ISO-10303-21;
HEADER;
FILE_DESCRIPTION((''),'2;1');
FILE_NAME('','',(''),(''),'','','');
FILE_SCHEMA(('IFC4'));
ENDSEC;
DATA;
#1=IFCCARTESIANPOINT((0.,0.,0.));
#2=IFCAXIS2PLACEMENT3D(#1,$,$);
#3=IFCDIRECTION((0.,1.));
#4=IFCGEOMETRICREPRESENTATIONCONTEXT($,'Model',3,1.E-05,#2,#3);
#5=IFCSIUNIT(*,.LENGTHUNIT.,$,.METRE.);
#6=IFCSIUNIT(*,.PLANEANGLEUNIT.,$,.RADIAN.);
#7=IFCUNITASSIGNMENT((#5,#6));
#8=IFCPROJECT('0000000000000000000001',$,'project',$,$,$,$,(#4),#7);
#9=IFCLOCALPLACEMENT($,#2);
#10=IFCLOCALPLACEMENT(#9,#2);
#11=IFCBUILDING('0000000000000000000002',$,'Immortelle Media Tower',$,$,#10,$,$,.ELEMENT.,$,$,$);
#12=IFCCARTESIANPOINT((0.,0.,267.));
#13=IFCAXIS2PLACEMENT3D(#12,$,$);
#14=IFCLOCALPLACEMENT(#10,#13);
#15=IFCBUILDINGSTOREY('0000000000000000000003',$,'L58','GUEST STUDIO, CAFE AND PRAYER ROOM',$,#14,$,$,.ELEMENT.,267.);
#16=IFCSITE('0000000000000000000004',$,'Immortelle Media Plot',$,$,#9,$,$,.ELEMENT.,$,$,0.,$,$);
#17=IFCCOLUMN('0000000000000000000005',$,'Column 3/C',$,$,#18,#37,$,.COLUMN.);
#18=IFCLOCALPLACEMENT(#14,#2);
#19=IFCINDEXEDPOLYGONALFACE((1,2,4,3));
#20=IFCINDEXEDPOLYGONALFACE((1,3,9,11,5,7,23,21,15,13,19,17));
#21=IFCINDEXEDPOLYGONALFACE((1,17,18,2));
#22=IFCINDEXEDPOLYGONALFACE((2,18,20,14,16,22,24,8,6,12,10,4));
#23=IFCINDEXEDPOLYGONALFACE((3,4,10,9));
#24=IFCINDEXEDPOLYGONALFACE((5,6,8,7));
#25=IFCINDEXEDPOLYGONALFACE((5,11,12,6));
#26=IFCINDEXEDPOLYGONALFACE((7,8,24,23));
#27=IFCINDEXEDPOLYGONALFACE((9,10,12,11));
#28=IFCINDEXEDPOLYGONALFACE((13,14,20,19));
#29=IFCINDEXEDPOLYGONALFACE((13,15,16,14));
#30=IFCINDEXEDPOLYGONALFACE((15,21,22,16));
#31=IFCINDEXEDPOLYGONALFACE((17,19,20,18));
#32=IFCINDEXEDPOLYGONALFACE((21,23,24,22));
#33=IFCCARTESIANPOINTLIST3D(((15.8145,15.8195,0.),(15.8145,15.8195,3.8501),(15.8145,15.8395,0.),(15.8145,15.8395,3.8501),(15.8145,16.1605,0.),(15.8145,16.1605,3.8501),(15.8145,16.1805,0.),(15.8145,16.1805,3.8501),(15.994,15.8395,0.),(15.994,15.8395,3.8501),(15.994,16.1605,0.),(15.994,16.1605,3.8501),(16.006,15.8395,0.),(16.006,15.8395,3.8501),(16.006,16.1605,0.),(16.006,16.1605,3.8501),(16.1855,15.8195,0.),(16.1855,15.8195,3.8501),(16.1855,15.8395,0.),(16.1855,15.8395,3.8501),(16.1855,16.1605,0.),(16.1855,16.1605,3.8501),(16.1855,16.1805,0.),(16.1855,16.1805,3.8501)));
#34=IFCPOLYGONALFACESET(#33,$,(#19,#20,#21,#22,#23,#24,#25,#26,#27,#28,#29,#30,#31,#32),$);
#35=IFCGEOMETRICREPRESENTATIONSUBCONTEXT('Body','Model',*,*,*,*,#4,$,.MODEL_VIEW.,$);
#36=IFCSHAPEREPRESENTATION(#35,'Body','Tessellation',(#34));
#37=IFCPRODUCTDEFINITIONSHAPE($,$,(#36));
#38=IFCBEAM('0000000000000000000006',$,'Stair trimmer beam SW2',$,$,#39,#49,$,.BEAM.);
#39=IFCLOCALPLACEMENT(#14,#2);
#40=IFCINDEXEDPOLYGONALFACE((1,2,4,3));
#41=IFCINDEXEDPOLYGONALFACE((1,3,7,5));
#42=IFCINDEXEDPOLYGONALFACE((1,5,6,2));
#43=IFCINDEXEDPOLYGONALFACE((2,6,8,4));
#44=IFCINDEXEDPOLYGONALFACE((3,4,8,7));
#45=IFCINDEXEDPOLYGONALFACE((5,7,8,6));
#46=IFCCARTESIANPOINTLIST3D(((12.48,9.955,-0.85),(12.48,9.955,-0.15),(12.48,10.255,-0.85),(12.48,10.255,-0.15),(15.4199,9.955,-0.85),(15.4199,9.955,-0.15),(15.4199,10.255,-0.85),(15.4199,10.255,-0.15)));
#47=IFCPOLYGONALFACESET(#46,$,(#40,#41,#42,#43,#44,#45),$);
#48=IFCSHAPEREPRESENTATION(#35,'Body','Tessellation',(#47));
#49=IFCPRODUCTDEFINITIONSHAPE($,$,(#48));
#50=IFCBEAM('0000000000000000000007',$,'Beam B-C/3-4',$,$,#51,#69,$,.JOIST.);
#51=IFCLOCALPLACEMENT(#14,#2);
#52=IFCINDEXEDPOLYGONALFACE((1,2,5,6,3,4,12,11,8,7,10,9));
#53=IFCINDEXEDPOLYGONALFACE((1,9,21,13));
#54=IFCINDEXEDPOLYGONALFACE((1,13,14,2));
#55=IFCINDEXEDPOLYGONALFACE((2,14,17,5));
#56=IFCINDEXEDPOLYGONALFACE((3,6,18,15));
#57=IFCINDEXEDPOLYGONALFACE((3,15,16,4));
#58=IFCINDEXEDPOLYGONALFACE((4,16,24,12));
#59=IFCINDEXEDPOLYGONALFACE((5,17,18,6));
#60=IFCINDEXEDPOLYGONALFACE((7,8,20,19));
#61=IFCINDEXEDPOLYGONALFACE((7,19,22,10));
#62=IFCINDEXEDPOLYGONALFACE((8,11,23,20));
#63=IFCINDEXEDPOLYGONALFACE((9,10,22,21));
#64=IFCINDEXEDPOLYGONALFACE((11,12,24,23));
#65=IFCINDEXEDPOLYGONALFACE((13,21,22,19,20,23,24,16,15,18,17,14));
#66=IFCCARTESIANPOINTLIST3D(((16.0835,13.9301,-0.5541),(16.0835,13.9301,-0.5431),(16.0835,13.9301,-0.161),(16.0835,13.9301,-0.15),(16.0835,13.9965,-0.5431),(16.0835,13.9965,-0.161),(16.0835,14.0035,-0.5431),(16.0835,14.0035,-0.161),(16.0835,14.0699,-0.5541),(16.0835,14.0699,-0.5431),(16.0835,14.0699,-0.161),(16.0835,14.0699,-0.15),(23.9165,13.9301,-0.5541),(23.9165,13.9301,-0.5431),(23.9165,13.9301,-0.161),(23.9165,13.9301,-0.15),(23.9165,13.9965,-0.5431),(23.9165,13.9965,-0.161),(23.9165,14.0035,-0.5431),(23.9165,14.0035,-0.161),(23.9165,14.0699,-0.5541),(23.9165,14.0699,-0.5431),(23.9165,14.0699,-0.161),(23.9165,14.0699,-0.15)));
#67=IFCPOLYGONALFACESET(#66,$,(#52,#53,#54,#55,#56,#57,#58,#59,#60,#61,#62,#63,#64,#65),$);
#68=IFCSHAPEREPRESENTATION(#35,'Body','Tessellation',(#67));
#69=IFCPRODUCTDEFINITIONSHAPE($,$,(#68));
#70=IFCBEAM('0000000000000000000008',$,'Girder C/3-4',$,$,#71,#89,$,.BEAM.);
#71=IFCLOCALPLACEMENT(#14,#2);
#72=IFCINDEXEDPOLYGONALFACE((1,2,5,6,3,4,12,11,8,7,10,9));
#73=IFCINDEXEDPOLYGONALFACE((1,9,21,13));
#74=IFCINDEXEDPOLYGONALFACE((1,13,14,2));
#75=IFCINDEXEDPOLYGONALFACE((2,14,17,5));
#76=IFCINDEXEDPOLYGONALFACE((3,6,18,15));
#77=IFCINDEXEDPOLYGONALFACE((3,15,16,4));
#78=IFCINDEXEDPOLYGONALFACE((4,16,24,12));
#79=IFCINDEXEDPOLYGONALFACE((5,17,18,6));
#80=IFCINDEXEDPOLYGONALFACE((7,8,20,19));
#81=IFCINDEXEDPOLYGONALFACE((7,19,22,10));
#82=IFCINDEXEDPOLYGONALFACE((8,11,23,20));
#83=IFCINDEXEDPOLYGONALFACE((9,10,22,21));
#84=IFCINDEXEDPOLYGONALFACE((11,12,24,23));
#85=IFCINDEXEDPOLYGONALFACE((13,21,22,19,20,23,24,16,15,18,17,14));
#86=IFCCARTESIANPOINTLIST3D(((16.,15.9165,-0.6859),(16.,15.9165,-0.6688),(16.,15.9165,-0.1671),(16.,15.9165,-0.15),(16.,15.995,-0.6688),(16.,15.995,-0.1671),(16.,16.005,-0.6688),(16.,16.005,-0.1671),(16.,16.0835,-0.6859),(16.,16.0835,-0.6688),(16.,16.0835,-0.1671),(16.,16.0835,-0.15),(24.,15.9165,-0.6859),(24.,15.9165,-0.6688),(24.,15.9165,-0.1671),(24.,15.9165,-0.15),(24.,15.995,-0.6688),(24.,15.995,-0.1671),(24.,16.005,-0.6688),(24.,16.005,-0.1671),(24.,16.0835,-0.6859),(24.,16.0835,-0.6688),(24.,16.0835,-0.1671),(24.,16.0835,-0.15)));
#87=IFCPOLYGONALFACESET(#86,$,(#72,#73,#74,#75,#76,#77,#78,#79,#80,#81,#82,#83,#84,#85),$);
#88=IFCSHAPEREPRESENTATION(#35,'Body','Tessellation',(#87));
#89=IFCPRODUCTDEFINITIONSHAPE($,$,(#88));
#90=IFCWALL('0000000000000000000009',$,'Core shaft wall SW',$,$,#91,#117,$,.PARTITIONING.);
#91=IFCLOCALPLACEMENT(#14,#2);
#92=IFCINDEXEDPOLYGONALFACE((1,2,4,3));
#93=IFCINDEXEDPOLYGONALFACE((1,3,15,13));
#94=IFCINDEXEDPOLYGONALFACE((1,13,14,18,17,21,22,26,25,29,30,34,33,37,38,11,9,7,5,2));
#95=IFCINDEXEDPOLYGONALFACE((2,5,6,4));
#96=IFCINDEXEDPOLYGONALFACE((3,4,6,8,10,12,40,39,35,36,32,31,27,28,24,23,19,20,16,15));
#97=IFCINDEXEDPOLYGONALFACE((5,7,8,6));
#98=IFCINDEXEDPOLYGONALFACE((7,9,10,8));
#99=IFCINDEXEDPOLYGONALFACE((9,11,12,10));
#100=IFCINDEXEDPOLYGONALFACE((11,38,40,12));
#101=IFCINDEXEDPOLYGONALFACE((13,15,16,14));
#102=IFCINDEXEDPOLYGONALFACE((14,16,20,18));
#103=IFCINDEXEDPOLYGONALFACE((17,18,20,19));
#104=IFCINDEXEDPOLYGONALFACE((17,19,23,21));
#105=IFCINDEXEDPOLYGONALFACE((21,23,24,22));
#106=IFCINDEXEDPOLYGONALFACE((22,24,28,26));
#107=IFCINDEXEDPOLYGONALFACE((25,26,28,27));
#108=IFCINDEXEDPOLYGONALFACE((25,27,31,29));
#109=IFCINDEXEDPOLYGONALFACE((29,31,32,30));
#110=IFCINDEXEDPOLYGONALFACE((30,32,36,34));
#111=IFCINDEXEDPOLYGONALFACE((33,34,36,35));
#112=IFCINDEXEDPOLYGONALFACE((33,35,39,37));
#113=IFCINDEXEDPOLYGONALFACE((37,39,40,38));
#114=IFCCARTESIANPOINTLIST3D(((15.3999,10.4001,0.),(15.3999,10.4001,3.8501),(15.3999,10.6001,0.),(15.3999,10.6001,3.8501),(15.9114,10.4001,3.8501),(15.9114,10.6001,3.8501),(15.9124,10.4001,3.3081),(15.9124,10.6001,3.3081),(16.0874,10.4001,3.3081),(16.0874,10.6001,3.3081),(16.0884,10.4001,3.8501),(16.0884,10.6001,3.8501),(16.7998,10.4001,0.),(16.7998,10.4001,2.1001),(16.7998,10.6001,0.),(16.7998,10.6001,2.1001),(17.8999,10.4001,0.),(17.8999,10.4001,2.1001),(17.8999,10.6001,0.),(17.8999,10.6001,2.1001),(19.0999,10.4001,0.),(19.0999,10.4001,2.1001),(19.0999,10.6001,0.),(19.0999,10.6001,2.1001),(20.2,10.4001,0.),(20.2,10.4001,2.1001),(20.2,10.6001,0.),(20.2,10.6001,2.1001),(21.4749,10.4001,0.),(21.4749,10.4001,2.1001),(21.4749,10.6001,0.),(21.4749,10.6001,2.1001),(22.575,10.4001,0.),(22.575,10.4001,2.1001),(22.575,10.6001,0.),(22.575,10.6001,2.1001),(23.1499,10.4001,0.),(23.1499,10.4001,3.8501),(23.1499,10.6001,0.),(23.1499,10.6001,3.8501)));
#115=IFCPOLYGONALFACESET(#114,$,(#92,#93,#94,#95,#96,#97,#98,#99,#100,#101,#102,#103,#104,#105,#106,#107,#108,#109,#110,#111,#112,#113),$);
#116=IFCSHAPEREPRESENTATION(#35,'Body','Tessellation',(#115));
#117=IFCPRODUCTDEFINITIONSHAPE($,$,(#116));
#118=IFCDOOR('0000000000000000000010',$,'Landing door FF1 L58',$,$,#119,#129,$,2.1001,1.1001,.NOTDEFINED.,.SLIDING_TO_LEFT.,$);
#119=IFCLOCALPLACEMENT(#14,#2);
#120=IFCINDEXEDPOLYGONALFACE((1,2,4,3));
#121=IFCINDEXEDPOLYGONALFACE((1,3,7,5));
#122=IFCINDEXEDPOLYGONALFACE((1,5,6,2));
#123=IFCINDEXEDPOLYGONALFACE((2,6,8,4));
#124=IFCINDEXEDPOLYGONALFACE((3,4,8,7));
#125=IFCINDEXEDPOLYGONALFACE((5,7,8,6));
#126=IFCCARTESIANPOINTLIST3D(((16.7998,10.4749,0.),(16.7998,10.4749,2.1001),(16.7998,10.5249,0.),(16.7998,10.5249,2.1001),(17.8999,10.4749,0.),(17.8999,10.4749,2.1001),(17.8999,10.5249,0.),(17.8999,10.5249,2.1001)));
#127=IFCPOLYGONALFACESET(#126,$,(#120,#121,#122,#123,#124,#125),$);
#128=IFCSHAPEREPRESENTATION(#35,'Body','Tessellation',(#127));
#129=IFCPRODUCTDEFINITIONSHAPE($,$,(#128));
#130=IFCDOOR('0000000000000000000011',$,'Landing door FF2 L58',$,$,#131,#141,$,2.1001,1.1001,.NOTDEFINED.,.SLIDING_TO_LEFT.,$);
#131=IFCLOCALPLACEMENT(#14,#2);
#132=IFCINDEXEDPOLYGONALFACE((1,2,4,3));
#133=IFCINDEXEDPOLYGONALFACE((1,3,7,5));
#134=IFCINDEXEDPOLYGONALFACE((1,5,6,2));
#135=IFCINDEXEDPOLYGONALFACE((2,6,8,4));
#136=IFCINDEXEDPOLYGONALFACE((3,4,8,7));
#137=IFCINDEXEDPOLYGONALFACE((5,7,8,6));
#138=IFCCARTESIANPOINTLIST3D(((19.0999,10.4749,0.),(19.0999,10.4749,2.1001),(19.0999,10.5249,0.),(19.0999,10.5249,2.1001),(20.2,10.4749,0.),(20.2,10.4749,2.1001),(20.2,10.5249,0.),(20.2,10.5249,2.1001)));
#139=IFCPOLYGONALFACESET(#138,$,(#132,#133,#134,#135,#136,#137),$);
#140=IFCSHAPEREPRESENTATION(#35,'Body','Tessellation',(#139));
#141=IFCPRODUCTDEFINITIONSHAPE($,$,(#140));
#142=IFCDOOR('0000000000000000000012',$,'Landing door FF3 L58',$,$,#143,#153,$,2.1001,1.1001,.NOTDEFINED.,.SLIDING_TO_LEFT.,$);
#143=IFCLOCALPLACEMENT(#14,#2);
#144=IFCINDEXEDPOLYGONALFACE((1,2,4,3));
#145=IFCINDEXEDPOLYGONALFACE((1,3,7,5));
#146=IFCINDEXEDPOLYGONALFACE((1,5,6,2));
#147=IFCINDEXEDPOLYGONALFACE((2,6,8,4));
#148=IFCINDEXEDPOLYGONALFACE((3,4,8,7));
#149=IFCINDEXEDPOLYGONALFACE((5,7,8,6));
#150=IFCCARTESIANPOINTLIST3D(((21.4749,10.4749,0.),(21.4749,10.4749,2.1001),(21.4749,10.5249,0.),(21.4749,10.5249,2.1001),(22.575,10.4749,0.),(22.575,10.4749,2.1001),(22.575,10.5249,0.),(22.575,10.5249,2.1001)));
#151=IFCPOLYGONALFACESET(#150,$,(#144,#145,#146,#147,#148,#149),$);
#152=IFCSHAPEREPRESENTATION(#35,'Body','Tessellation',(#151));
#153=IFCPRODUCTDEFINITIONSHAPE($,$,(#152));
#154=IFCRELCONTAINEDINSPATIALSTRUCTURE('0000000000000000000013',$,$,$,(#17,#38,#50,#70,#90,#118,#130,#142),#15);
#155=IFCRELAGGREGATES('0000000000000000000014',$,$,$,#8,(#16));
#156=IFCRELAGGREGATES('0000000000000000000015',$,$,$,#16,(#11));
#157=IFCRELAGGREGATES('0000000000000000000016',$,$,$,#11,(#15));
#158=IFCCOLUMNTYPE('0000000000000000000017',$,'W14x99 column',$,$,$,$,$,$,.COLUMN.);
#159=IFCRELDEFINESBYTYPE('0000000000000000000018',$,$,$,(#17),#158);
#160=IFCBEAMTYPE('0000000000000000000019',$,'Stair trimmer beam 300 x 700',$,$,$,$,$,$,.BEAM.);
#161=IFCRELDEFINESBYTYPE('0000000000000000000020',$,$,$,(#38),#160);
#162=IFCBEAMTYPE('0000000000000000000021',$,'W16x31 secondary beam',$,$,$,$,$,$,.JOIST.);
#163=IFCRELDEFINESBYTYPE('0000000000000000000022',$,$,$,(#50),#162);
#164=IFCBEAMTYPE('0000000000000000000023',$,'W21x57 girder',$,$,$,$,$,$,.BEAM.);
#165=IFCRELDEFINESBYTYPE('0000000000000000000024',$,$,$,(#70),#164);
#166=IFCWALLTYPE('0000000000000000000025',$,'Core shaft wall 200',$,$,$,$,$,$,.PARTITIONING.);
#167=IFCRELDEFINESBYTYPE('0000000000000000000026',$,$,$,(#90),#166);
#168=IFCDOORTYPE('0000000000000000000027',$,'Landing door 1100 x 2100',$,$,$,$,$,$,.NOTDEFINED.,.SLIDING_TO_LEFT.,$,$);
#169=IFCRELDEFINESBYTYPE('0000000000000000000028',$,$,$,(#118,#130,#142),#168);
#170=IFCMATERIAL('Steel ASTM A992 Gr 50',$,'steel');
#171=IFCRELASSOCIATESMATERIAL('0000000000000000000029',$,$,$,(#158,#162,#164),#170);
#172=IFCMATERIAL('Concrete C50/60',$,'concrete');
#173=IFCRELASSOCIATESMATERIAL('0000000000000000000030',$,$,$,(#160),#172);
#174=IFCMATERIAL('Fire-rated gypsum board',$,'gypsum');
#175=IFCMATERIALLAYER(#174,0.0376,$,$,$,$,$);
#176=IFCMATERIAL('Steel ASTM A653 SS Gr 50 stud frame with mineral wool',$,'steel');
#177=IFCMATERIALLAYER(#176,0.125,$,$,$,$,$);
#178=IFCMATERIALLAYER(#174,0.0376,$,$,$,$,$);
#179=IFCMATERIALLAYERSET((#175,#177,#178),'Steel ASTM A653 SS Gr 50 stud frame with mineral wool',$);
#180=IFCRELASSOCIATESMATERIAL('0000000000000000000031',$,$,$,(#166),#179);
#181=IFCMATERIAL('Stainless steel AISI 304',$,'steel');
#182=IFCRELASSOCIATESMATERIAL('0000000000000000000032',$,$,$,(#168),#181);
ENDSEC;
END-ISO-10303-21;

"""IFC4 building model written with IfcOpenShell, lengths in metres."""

from ifc_helpers import new_model, si_unit, direction, frame, frame_2d, origin, origin_2d, place, context, subcontext, project, spatial, polyline, rectangle, i_section, outline, extrude, material, layer, layer_set, material_profile, profile_set, type_object, element, fill, save


model = new_model("IFC4")

# Units and contexts
model_context = context("Model", 3, precision=1e-05, world=origin(), true_north=direction((0.0, 1.0)))
body_context = subcontext(model_context, "Body", "Model", "MODEL_VIEW")
ifc_project = project(units=[si_unit("LENGTHUNIT", "METRE"), si_unit("PLANEANGLEUNIT", "RADIAN")], contexts=[model_context])

# Site, building, storey
site_placement = place(None, origin())
site = spatial("IfcSite", under=ifc_project, at=site_placement, Name="Immortelle Media Plot", CompositionType="ELEMENT", RefElevation=0.0)
building_placement = place(site_placement, origin())
building = spatial("IfcBuilding", under=site, at=building_placement, Name="Immortelle Media Tower", CompositionType="ELEMENT")
storey_placement = place(building_placement, frame((0.0, 0.0, 267.0)))
storey = spatial("IfcBuildingStorey", under=building, at=storey_placement, Name="L58", Description="GUEST STUDIO, CAFE AND PRAYER ROOM", CompositionType="ELEMENT", Elevation=267.0)

# Column
ifc_material_1 = material(Name="Steel ASTM A992 Gr 50", Category="steel")
ifc_material_profile_1 = material_profile(ifc_material_1, i_section(OverallWidth=0.3711, OverallDepth=0.3611, WebThickness=0.012, FlangeThickness=0.02, at=origin_2d()), Name="W14x99")
ifc_profile_set_1 = profile_set([ifc_material_profile_1], Name="Steel ASTM A992 Gr 50")
column_type = type_object("IfcColumnType", Name="W14x99 column", PredefinedType="COLUMN", material=ifc_profile_set_1)
column_placement = place(storey_placement, frame((16.0, 16.0, 0.0), z_axis=(0.0, 0.0, 1.0), x_axis=(1.0, 0.0, 0.0)))
element("IfcColumn", 1, at=column_placement, inside=storey, type_object=column_type, Name="Column 3/C", PredefinedType="COLUMN", context=body_context, shape_type="SweptSolid", body=[
    extrude(i_section(OverallWidth=0.3711, OverallDepth=0.3611, WebThickness=0.012, FlangeThickness=0.02, at=origin_2d()), origin(), (0.0, 0.0, 1.0), 3.8501),
])

# Beams
ifc_material_2 = material(Name="Concrete C50/60", Category="concrete")
ifc_material_profile_2 = material_profile(ifc_material_2, rectangle(XDim=0.3, YDim=0.7, at=origin_2d()), Name="RC 300x700")
ifc_profile_set_2 = profile_set([ifc_material_profile_2], Name="Concrete C50/60")
beam_type_1 = type_object("IfcBeamType", Name="Stair trimmer beam 300 x 700", PredefinedType="BEAM", material=ifc_profile_set_2)
beam_1_placement = place(storey_placement, frame((12.48, 10.105, -0.5), z_axis=(1.0, 0.0, 0.0), x_axis=(0.0, 1.0, 0.0)))
element("IfcBeam", 2, at=beam_1_placement, inside=storey, type_object=beam_type_1, Name="Stair trimmer beam SW2", PredefinedType="BEAM", context=body_context, shape_type="SweptSolid", body=[
    extrude(rectangle(XDim=0.3, YDim=0.7, at=origin_2d()), origin(), (0.0, 0.0, 1.0), 2.9399),
])
ifc_material_profile_3 = material_profile(ifc_material_1, i_section(OverallWidth=0.1399, OverallDepth=0.4041, WebThickness=0.0071, FlangeThickness=0.011, at=origin_2d()), Name="W16x31")
ifc_profile_set_3 = profile_set([ifc_material_profile_3], Name="Steel ASTM A992 Gr 50")
beam_type_2 = type_object("IfcBeamType", Name="W16x31 secondary beam", PredefinedType="JOIST", material=ifc_profile_set_3)
beam_2_placement = place(storey_placement, frame((16.0835, 14.0, -0.3521), z_axis=(1.0, 0.0, 0.0), x_axis=(0.0, 1.0, 0.0)))
element("IfcBeam", 3, at=beam_2_placement, inside=storey, type_object=beam_type_2, Name="Beam B-C/3-4", PredefinedType="JOIST", context=body_context, shape_type="SweptSolid", body=[
    extrude(i_section(OverallWidth=0.1399, OverallDepth=0.4041, WebThickness=0.0071, FlangeThickness=0.011, at=origin_2d()), origin(), (0.0, 0.0, 1.0), 7.833),
])
ifc_material_profile_4 = material_profile(ifc_material_1, i_section(OverallWidth=0.167, OverallDepth=0.5359, WebThickness=0.01, FlangeThickness=0.0171, at=origin_2d()), Name="W21x57")
ifc_profile_set_4 = profile_set([ifc_material_profile_4], Name="Steel ASTM A992 Gr 50")
beam_type_3 = type_object("IfcBeamType", Name="W21x57 girder", PredefinedType="BEAM", material=ifc_profile_set_4)
beam_3_placement = place(storey_placement, frame((16.0, 16.0, -0.418), z_axis=(1.0, 0.0, 0.0), x_axis=(0.0, 1.0, 0.0)))
element("IfcBeam", 4, at=beam_3_placement, inside=storey, type_object=beam_type_3, Name="Girder C/3-4", PredefinedType="BEAM", context=body_context, shape_type="SweptSolid", body=[
    extrude(i_section(OverallWidth=0.167, OverallDepth=0.5359, WebThickness=0.01, FlangeThickness=0.0171, at=origin_2d()), origin(), (0.0, 0.0, 1.0), 8.0),
])

# Wall, openings, doors
ifc_material_3 = material(Name="Fire-rated gypsum board", Category="gypsum")
ifc_layer_1 = layer(ifc_material_3, 0.0376)
ifc_material_4 = material(Name="Steel ASTM A653 SS Gr 50 stud frame with mineral wool", Category="steel")
ifc_layer_2 = layer(ifc_material_4, 0.125)
ifc_layer_3 = layer(ifc_material_3, 0.0376)
ifc_layer_set_1 = layer_set([ifc_layer_1, ifc_layer_2, ifc_layer_3], Name="Steel ASTM A653 SS Gr 50 stud frame with mineral wool")
wall_type_1 = type_object("IfcWallType", Name="Core shaft wall 200", PredefinedType="PARTITIONING", material=ifc_layer_set_1)
wall_1_placement = place(storey_placement, frame((15.3999, 10.5, 0.0), z_axis=(0.0, 0.0, 1.0), x_axis=(1.0, 0.0, 0.0)))
wall_1 = element("IfcWall", 5, at=wall_1_placement, inside=storey, type_object=wall_type_1, Name="Core shaft wall SW", PredefinedType="PARTITIONING", context=body_context, shape_type="SweptSolid", body=[
    extrude(outline(polyline([(0.0, 0.0), (7.75, 0.0), (7.75, 3.8501), (0.6885, 3.8501), (0.6875, 3.3081), (0.5125, 3.3081), (0.5115, 3.8501), (0.0, 3.8501), (0.0, 0.0)])), frame((0.0, 0.1001, 0.0), z_axis=(0.0, -1.0, 0.0), x_axis=(1.0, 0.0, 0.0)), (0.0, 0.0, 1.0), 0.2),
])
opening_1_placement = place(wall_1_placement, frame((1.3999, 0.0, 0.0)))
opening_1 = element("IfcOpeningElement", 6, at=opening_1_placement, cuts=wall_1, PredefinedType="OPENING", context=body_context, shape_type="SweptSolid", body=[
    extrude(rectangle(XDim=1.1001, YDim=2.1001, at=frame_2d((0.55, 1.05))), frame((0.0, 0.1099, 0.0), z_axis=(0.0, -1.0, 0.0), x_axis=(1.0, 0.0, 0.0)), (0.0, 0.0, 1.0), 0.22),
])
opening_2_placement = place(wall_1_placement, frame((3.7, 0.0, 0.0)))
opening_2 = element("IfcOpeningElement", 7, at=opening_2_placement, cuts=wall_1, PredefinedType="OPENING", context=body_context, shape_type="SweptSolid", body=[
    extrude(rectangle(XDim=1.1001, YDim=2.1001, at=frame_2d((0.55, 1.05))), frame((0.0, 0.1099, 0.0), z_axis=(0.0, -1.0, 0.0), x_axis=(1.0, 0.0, 0.0)), (0.0, 0.0, 1.0), 0.22),
])
opening_3_placement = place(wall_1_placement, frame((6.075, 0.0, 0.0)))
opening_3 = element("IfcOpeningElement", 8, at=opening_3_placement, cuts=wall_1, PredefinedType="OPENING", context=body_context, shape_type="SweptSolid", body=[
    extrude(rectangle(XDim=1.1001, YDim=2.1001, at=frame_2d((0.55, 1.05))), frame((0.0, 0.1099, 0.0), z_axis=(0.0, -1.0, 0.0), x_axis=(1.0, 0.0, 0.0)), (0.0, 0.0, 1.0), 0.22),
])
ifc_material_5 = material(Name="Stainless steel AISI 304", Category="steel")
door_type_1 = type_object("IfcDoorType", Name="Landing door 1100 x 2100", OperationType="SLIDING_TO_LEFT", PredefinedType="NOTDEFINED", material=ifc_material_5)
door_1_placement = place(opening_1_placement, origin())
door_1 = element("IfcDoor", 9, at=door_1_placement, inside=storey, type_object=door_type_1, Name="Landing door FF1 L58", OperationType="SLIDING_TO_LEFT", OverallHeight=2.1001, OverallWidth=1.1001, PredefinedType="NOTDEFINED", context=body_context, shape_type="SweptSolid", body=[
    extrude(rectangle(XDim=1.1001, YDim=2.1001, at=frame_2d((0.55, 1.05))), frame((0.0, 0.0249, 0.0), z_axis=(0.0, -1.0, 0.0), x_axis=(1.0, 0.0, 0.0)), (0.0, 0.0, 1.0), 0.05),
])
fill(opening_1, door_1)
door_2_placement = place(opening_2_placement, origin())
door_2 = element("IfcDoor", 10, at=door_2_placement, inside=storey, type_object=door_type_1, Name="Landing door FF2 L58", OperationType="SLIDING_TO_LEFT", OverallHeight=2.1001, OverallWidth=1.1001, PredefinedType="NOTDEFINED", context=body_context, shape_type="SweptSolid", body=[
    extrude(rectangle(XDim=1.1001, YDim=2.1001, at=frame_2d((0.55, 1.05))), frame((0.0, 0.0249, 0.0), z_axis=(0.0, -1.0, 0.0), x_axis=(1.0, 0.0, 0.0)), (0.0, 0.0, 1.0), 0.05),
])
fill(opening_2, door_2)
door_3_placement = place(opening_3_placement, origin())
door_3 = element("IfcDoor", 11, at=door_3_placement, inside=storey, type_object=door_type_1, Name="Landing door FF3 L58", OperationType="SLIDING_TO_LEFT", OverallHeight=2.1001, OverallWidth=1.1001, PredefinedType="NOTDEFINED", context=body_context, shape_type="SweptSolid", body=[
    extrude(rectangle(XDim=1.1001, YDim=2.1001, at=frame_2d((0.55, 1.05))), frame((0.0, 0.0249, 0.0), z_axis=(0.0, -1.0, 0.0), x_axis=(1.0, 0.0, 0.0)), (0.0, 0.0, 1.0), 0.05),
])
fill(opening_3, door_3)

save(model, "model.ifc")
